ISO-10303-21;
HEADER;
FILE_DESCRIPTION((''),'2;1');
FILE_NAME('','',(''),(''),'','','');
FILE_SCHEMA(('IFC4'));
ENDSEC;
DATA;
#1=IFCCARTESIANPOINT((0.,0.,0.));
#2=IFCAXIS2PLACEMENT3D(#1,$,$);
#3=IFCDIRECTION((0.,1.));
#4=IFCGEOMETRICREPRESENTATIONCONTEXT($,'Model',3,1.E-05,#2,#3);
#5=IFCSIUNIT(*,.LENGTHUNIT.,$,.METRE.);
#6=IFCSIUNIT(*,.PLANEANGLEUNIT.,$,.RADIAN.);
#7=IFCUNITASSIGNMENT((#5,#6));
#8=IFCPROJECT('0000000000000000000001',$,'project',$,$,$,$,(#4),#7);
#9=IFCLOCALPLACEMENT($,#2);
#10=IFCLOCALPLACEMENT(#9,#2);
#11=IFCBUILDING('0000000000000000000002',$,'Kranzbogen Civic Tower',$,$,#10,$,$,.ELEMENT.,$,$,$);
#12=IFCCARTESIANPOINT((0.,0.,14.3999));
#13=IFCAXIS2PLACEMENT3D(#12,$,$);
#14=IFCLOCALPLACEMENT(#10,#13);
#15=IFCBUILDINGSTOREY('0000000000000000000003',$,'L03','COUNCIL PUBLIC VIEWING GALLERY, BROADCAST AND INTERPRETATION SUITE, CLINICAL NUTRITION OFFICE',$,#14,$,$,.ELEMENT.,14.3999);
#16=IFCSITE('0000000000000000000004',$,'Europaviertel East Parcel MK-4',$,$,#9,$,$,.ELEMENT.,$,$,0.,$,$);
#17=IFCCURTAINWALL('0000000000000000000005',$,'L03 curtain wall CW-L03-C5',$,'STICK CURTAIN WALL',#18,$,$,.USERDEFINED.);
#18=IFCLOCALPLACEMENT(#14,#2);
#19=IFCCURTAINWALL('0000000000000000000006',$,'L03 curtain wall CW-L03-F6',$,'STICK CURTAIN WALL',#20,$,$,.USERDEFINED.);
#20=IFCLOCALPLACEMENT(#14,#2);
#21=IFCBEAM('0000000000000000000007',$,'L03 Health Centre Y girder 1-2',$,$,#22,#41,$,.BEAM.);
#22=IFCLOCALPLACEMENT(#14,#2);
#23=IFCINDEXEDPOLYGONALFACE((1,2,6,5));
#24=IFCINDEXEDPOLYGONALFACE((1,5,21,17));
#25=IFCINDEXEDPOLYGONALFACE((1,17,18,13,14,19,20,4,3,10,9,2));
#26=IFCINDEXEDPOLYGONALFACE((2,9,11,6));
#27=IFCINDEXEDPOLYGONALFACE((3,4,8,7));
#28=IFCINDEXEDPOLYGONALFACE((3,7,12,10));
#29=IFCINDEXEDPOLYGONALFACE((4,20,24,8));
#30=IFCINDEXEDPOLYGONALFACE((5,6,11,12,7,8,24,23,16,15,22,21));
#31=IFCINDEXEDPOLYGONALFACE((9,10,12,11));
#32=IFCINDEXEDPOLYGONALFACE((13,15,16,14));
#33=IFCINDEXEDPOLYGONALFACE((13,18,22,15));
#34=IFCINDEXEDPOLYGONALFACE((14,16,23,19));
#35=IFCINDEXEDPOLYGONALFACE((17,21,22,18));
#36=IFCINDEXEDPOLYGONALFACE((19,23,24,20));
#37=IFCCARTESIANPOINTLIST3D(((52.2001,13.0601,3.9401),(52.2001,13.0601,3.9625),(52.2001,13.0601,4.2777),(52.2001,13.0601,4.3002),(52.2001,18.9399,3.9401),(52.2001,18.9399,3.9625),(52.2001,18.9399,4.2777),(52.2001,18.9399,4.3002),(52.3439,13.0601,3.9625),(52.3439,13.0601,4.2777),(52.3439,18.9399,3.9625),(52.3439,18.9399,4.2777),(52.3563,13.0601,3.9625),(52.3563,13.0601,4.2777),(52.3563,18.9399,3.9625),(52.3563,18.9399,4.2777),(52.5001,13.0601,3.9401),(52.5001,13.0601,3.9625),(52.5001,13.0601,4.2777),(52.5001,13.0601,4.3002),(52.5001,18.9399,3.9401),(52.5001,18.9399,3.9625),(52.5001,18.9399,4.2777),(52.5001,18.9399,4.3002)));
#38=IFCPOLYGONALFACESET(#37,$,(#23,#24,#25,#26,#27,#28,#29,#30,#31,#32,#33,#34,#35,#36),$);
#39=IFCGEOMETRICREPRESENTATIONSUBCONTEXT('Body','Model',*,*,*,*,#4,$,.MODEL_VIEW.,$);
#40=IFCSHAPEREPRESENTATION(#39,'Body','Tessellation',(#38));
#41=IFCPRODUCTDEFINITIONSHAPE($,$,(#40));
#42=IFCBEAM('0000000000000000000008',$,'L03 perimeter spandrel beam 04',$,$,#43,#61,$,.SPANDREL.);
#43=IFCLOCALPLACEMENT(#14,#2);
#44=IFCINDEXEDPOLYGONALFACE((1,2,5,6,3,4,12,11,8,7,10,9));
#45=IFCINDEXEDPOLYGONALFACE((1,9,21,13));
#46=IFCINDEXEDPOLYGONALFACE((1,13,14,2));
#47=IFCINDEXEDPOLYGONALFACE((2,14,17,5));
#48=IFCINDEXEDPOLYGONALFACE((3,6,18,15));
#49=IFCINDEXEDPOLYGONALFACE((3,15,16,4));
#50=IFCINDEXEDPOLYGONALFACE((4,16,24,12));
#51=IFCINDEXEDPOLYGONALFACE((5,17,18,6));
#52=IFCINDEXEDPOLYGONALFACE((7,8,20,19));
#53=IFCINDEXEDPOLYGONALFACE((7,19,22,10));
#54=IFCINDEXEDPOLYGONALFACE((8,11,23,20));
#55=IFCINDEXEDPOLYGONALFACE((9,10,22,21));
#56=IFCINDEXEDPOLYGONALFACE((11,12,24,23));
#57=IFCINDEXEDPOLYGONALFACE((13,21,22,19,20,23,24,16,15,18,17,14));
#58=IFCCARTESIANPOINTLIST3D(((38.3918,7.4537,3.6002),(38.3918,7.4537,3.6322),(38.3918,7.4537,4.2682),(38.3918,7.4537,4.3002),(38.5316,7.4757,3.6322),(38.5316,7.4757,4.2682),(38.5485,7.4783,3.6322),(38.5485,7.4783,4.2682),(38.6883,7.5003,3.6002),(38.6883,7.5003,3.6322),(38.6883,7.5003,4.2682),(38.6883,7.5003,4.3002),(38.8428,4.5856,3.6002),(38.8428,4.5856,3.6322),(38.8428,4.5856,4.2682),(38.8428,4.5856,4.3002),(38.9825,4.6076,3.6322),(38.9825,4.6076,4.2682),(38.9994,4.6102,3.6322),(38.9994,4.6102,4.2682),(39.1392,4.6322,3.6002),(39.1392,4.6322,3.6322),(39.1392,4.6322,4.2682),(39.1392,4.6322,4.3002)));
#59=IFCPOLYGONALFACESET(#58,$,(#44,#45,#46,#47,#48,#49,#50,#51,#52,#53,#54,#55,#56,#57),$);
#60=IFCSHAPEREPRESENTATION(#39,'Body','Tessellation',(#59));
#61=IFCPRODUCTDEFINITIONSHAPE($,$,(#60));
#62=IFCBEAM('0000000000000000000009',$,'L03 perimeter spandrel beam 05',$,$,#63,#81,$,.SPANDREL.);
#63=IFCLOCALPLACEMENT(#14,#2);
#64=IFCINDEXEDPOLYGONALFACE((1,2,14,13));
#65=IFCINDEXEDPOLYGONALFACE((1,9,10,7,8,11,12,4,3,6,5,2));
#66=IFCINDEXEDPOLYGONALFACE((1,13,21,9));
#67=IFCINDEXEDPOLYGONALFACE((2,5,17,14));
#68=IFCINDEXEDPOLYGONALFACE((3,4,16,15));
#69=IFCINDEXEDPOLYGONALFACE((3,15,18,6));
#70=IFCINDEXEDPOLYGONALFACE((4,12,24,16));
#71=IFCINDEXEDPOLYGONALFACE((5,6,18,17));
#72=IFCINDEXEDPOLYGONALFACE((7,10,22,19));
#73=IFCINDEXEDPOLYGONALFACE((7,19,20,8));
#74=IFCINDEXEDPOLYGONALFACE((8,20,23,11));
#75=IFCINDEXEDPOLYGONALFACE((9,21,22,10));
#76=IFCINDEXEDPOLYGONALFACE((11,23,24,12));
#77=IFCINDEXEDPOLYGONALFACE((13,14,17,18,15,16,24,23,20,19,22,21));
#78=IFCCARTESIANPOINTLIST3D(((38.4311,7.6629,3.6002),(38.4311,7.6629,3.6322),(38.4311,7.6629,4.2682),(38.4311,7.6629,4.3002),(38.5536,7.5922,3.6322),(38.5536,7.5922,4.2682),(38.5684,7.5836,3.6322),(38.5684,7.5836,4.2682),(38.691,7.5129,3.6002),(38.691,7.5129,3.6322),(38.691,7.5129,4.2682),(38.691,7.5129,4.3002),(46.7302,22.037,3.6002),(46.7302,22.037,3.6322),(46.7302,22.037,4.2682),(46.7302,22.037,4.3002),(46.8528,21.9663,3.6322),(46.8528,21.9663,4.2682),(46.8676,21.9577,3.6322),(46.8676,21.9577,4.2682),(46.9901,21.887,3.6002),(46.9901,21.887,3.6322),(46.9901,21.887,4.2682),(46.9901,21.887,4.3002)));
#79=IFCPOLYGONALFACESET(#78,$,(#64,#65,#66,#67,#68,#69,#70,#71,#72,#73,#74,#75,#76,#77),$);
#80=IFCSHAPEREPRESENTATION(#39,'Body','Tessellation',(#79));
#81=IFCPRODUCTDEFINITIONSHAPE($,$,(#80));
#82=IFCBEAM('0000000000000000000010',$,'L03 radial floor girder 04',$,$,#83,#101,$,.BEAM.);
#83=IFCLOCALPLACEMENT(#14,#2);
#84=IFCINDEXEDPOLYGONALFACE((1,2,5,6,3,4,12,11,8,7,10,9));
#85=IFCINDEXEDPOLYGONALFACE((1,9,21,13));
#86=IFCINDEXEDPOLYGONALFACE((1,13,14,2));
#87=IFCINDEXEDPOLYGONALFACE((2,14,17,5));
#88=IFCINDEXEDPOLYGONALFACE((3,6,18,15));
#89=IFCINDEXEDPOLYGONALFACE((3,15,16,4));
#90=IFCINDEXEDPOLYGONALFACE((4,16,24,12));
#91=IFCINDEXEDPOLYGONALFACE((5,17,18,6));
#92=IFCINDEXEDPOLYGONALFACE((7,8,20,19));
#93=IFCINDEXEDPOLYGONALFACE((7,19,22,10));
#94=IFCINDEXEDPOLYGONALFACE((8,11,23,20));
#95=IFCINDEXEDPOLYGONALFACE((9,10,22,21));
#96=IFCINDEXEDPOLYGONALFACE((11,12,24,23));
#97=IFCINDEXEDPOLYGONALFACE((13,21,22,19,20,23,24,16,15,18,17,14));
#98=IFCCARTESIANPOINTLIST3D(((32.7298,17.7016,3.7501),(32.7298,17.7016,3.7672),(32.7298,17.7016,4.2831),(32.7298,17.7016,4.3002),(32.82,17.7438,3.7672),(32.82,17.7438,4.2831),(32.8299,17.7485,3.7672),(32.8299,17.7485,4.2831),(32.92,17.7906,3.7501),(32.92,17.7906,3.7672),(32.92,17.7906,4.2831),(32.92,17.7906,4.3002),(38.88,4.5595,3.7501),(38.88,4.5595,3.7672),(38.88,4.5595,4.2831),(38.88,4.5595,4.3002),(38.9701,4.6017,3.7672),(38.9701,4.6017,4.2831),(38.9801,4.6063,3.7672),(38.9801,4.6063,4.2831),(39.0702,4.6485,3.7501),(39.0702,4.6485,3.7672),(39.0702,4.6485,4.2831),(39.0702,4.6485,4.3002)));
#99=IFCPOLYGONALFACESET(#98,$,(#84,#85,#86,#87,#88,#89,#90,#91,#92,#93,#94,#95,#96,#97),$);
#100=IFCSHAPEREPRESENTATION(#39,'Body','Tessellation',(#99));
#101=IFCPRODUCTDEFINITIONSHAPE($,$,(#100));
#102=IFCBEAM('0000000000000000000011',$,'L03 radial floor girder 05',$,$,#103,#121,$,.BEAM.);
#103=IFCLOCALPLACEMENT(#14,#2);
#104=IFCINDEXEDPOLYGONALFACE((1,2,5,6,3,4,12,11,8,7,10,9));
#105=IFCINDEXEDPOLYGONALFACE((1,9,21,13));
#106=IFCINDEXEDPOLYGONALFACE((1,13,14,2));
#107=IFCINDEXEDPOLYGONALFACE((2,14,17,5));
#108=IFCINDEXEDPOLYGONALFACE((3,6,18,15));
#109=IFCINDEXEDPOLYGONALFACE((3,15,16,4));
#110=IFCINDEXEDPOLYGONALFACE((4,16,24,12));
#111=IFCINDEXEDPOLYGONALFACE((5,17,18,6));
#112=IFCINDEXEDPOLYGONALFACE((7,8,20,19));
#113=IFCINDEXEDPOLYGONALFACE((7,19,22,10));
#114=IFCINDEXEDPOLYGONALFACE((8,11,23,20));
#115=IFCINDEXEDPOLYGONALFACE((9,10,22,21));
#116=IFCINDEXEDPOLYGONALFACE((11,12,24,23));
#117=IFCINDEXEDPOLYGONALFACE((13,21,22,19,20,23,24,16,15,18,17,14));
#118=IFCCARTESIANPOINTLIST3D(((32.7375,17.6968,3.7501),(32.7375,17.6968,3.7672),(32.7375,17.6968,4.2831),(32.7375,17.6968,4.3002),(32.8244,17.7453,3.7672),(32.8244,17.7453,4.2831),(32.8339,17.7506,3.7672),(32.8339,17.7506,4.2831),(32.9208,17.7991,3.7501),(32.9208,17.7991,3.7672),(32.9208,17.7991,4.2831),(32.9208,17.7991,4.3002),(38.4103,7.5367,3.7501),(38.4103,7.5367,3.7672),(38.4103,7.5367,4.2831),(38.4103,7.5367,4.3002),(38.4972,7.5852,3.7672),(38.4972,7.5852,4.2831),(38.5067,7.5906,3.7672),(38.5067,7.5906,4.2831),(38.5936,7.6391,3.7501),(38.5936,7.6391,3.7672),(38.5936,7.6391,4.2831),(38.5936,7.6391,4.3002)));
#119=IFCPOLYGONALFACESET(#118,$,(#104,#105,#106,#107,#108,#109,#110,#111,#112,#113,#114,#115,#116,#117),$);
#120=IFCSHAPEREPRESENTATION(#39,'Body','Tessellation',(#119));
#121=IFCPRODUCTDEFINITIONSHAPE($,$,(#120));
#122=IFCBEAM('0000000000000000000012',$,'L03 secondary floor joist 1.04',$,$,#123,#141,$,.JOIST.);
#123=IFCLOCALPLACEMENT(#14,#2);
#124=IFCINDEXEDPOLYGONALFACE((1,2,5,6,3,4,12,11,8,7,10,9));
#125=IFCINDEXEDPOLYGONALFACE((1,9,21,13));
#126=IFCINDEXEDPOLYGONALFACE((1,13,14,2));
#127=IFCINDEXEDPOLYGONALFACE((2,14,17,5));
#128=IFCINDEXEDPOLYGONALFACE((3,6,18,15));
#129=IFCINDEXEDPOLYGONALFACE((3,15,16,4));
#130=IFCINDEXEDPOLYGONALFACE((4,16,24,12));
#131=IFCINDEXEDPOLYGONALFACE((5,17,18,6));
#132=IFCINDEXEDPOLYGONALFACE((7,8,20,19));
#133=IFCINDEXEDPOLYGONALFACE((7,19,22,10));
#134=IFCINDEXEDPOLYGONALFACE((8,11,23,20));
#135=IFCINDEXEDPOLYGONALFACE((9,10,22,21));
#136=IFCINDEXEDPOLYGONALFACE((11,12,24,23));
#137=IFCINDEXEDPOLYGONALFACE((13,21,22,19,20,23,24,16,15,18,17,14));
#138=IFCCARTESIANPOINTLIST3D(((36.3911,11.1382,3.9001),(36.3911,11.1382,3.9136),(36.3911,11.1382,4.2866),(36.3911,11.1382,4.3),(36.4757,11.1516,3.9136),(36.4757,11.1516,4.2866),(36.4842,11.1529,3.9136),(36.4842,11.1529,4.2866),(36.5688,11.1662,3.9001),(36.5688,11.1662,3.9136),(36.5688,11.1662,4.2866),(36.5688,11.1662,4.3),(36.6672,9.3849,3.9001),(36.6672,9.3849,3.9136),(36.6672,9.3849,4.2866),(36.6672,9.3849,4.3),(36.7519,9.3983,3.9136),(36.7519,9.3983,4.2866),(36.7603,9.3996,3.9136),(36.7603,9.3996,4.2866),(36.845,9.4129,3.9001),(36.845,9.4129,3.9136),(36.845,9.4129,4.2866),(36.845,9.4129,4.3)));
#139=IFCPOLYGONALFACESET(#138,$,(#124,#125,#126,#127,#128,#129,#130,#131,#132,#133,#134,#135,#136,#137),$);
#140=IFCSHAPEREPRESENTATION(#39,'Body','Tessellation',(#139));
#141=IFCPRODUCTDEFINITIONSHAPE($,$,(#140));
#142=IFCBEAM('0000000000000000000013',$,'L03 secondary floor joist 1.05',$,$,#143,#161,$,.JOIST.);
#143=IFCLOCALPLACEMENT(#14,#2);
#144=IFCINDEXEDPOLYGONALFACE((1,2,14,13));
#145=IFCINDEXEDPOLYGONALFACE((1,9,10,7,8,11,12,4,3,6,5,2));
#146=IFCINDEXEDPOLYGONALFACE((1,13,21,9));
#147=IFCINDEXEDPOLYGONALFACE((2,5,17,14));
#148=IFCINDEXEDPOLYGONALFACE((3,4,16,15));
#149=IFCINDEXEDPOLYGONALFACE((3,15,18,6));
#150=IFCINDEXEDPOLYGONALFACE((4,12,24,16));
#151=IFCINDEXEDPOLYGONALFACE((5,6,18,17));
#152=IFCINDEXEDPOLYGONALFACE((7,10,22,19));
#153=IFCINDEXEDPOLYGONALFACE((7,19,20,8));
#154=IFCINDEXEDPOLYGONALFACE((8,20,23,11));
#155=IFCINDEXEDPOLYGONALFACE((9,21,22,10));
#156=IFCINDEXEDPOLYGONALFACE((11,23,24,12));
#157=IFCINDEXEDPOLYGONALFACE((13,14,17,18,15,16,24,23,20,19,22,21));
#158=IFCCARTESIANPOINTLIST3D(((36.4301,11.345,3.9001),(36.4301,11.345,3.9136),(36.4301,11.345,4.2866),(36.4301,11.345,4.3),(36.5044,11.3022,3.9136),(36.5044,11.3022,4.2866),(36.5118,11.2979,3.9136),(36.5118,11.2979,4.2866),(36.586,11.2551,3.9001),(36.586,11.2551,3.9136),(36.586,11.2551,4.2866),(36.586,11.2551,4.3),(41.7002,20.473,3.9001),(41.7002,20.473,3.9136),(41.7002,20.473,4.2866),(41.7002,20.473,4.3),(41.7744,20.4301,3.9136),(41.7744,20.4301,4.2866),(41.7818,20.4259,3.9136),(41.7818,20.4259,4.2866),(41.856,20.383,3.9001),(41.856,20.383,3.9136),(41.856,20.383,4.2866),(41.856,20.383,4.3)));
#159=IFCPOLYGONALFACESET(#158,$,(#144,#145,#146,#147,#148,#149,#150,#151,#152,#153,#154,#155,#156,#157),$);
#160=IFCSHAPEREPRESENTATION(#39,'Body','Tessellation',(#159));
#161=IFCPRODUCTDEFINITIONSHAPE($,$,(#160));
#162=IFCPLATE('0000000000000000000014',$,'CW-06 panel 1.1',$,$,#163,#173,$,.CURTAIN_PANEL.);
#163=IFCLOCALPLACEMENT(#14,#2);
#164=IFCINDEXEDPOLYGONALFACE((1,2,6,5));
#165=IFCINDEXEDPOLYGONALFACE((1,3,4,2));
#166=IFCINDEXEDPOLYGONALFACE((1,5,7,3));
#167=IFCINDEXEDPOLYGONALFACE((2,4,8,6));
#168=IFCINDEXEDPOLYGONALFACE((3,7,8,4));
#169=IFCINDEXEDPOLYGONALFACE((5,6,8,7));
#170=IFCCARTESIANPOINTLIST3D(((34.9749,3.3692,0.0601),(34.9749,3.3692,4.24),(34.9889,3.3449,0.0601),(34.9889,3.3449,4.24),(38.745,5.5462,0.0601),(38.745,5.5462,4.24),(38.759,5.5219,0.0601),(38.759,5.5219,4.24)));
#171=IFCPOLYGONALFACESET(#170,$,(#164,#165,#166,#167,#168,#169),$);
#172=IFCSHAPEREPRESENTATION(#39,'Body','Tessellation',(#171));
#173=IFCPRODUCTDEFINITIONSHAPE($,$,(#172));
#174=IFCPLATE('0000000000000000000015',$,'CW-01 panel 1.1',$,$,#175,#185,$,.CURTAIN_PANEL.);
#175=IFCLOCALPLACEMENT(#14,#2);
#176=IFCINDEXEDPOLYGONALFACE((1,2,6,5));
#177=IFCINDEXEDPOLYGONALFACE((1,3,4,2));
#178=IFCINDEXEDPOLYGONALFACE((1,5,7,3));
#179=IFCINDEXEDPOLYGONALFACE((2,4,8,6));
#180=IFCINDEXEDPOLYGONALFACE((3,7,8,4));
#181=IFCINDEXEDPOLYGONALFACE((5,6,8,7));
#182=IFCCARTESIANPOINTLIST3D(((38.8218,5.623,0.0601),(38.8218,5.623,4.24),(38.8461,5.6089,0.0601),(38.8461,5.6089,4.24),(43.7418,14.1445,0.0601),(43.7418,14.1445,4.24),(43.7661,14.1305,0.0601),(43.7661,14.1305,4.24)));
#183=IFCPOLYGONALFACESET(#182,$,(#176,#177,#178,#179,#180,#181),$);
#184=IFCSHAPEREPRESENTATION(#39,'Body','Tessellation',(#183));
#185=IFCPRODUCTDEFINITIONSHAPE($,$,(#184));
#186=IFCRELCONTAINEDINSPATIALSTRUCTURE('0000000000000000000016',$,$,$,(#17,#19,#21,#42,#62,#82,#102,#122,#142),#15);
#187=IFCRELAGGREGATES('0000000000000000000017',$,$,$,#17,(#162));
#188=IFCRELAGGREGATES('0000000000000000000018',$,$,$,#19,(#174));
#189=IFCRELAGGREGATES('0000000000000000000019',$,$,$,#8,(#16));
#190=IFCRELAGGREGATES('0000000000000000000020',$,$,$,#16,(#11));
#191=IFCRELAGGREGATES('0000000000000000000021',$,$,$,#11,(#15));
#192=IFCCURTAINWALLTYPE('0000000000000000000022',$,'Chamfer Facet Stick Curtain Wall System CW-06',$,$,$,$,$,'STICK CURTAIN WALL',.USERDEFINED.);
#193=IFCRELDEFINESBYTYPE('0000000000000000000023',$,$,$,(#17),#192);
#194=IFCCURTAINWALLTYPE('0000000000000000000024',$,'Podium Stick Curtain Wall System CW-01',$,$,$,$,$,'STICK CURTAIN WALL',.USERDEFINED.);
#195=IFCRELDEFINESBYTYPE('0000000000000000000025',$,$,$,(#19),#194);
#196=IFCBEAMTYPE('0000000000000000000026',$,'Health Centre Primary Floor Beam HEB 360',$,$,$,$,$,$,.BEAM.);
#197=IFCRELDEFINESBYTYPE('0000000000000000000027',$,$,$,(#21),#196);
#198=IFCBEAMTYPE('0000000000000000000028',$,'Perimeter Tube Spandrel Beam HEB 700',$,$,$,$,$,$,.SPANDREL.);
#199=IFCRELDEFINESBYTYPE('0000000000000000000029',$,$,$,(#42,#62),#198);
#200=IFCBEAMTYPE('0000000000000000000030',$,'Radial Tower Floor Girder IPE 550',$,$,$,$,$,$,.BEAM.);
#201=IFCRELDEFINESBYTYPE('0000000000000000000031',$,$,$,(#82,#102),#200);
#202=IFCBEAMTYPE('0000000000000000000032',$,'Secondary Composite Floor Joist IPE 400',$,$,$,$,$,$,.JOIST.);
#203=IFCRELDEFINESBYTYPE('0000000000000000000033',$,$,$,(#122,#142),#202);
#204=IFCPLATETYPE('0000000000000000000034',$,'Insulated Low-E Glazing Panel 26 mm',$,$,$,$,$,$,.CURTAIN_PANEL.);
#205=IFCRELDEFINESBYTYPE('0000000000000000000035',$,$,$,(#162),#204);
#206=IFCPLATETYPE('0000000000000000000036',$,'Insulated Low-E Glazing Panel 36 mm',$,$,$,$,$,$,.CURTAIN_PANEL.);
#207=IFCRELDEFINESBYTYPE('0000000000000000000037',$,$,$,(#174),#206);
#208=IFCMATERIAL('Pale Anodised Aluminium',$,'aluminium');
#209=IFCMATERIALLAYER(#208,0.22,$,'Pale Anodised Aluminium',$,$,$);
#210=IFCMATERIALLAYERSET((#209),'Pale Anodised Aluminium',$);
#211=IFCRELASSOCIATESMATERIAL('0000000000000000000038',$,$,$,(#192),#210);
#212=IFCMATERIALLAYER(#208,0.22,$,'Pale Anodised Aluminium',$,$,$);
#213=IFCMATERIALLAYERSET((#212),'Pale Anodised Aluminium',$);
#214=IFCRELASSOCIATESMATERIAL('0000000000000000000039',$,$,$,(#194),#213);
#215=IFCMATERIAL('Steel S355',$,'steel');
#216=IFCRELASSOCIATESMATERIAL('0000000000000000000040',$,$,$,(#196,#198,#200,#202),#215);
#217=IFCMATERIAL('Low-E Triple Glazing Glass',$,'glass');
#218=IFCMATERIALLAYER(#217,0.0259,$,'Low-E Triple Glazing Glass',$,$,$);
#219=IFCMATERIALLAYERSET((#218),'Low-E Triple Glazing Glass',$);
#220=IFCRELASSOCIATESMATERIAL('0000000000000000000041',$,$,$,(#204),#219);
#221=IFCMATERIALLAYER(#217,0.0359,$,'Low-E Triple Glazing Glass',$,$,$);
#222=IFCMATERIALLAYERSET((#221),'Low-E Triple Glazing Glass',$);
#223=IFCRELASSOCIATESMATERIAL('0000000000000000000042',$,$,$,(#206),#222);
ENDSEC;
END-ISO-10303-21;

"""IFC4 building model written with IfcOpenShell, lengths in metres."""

from ifc_helpers import new_model, si_unit, direction, frame, origin, origin_2d, place, context, subcontext, project, spatial, rectangle, i_section, extrude, material, layer, layer_set, material_profile, profile_set, type_object, element, aggregate, save


model = new_model("IFC4")

# Units and contexts
model_context = context("Model", 3, precision=1e-05, world=origin(), true_north=direction((0.0, 1.0)))
body_context = subcontext(model_context, "Body", "Model", "MODEL_VIEW")
ifc_project = project(units=[si_unit("LENGTHUNIT", "METRE"), si_unit("PLANEANGLEUNIT", "RADIAN")], contexts=[model_context])

# Site, building, storey
site_placement = place(None, origin())
site = spatial("IfcSite", under=ifc_project, at=site_placement, Name="Europaviertel East Parcel MK-4", CompositionType="ELEMENT", RefElevation=0.0)
building_placement = place(site_placement, origin())
building = spatial("IfcBuilding", under=site, at=building_placement, Name="Kranzbogen Civic Tower", CompositionType="ELEMENT")
storey_placement = place(building_placement, frame((0.0, 0.0, 14.3999)))
storey = spatial("IfcBuildingStorey", under=building, at=storey_placement, Name="L03", Description="COUNCIL PUBLIC VIEWING GALLERY, BROADCAST AND INTERPRETATION SUITE, CLINICAL NUTRITION OFFICE", CompositionType="ELEMENT", Elevation=14.3999)

# Curtain wall
ifc_material_1 = material(Name="Pale Anodised Aluminium", Category="aluminium")
ifc_layer_1 = layer(ifc_material_1, 0.22, Name="Pale Anodised Aluminium")
ifc_layer_set_1 = layer_set([ifc_layer_1], Name="Pale Anodised Aluminium")
curtain_wall_type_1 = type_object("IfcCurtainWallType", Name="Chamfer Facet Stick Curtain Wall System CW-06", ElementType="STICK CURTAIN WALL", PredefinedType="USERDEFINED", material=ifc_layer_set_1)
curtain_wall_1_placement = place(storey_placement, origin())
curtain_wall_1 = element("IfcCurtainWall", 1, at=curtain_wall_1_placement, inside=storey, type_object=curtain_wall_type_1, Name="L03 curtain wall CW-L03-C5", ObjectType="STICK CURTAIN WALL", PredefinedType="USERDEFINED")

# Curtain wall
ifc_layer_2 = layer(ifc_material_1, 0.22, Name="Pale Anodised Aluminium")
ifc_layer_set_2 = layer_set([ifc_layer_2], Name="Pale Anodised Aluminium")
curtain_wall_type_2 = type_object("IfcCurtainWallType", Name="Podium Stick Curtain Wall System CW-01", ElementType="STICK CURTAIN WALL", PredefinedType="USERDEFINED", material=ifc_layer_set_2)
curtain_wall_2_placement = place(storey_placement, origin())
curtain_wall_2 = element("IfcCurtainWall", 2, at=curtain_wall_2_placement, inside=storey, type_object=curtain_wall_type_2, Name="L03 curtain wall CW-L03-F6", ObjectType="STICK CURTAIN WALL", PredefinedType="USERDEFINED")

# Beams
ifc_material_2 = material(Name="Steel S355", Category="steel")
ifc_material_profile_1 = material_profile(ifc_material_2, i_section(OverallWidth=0.3, OverallDepth=0.3601, WebThickness=0.0125, FlangeThickness=0.0225, at=origin_2d()), Name="HEB 360")
ifc_profile_set_1 = profile_set([ifc_material_profile_1], Name="Steel S355")
beam_type_1 = type_object("IfcBeamType", Name="Health Centre Primary Floor Beam HEB 360", PredefinedType="BEAM", material=ifc_profile_set_1)
beam_1_placement = place(storey_placement, frame((52.3501, 13.0601, 4.1201), z_axis=(0.0, 1.0, 0.0), x_axis=(-1.0, 0.0, 0.0)))
element("IfcBeam", 3, at=beam_1_placement, inside=storey, type_object=beam_type_1, Name="L03 Health Centre Y girder 1-2", PredefinedType="BEAM", context=body_context, shape_type="SweptSolid", body=[
    extrude(i_section(OverallWidth=0.3, OverallDepth=0.3601, WebThickness=0.0125, FlangeThickness=0.0225, at=origin_2d()), origin(), (0.0, 0.0, 1.0), 5.8799),
])
ifc_material_profile_2 = material_profile(ifc_material_2, i_section(OverallWidth=0.3, OverallDepth=0.7, WebThickness=0.0171, FlangeThickness=0.032, at=origin_2d()), Name="HEB 700")
ifc_profile_set_2 = profile_set([ifc_material_profile_2], Name="Steel S355")
beam_type_2 = type_object("IfcBeamType", Name="Perimeter Tube Spandrel Beam HEB 700", PredefinedType="SPANDREL", material=ifc_profile_set_2)
beam_2_placement = place(storey_placement, frame((38.991, 4.6089, 3.9502), z_axis=(-0.155311, 0.987866, 0.0), x_axis=(-0.987866, -0.155311, 0.0)))
element("IfcBeam", 4, at=beam_2_placement, inside=storey, type_object=beam_type_2, Name="L03 perimeter spandrel beam 04", PredefinedType="SPANDREL", context=body_context, shape_type="SweptSolid", body=[
    extrude(i_section(OverallWidth=0.3, OverallDepth=0.7, WebThickness=0.0171, FlangeThickness=0.032, at=origin_2d()), origin(), (0.0, 0.0, 1.0), 2.9033),
])
beam_3_placement = place(storey_placement, frame((38.561, 7.5879, 3.9502), z_axis=(0.50001, 0.86602, 0.0), x_axis=(-0.86602, 0.50001, 0.0)))
element("IfcBeam", 5, at=beam_3_placement, inside=storey, type_object=beam_type_2, Name="L03 perimeter spandrel beam 05", PredefinedType="SPANDREL", context=body_context, shape_type="SweptSolid", body=[
    extrude(i_section(OverallWidth=0.3, OverallDepth=0.7, WebThickness=0.0171, FlangeThickness=0.032, at=origin_2d()), origin(), (0.0, 0.0, 1.0), 16.5979),
])
ifc_material_profile_3 = material_profile(ifc_material_2, i_section(OverallWidth=0.21, OverallDepth=0.55, WebThickness=0.011, FlangeThickness=0.0171, at=origin_2d()), Name="IPE 550")
ifc_profile_set_3 = profile_set([ifc_material_profile_3], Name="Steel S355")
beam_type_3 = type_object("IfcBeamType", Name="Radial Tower Floor Girder IPE 550", PredefinedType="BEAM", material=ifc_profile_set_3)
beam_4_placement = place(storey_placement, frame((38.9751, 4.604, 4.0251), z_axis=(-0.423857, 0.905729, 0.0), x_axis=(-0.905729, -0.423857, 0.0)))
element("IfcBeam", 6, at=beam_4_placement, inside=storey, type_object=beam_type_3, Name="L03 radial floor girder 04", PredefinedType="BEAM", context=body_context, shape_type="SweptSolid", body=[
    extrude(i_section(OverallWidth=0.21, OverallDepth=0.55, WebThickness=0.011, FlangeThickness=0.0171, at=origin_2d()), origin(), (0.0, 0.0, 1.0), 14.51),
])
beam_5_placement = place(storey_placement, frame((38.502, 7.5879, 4.0251), z_axis=(-0.487502, 0.873122, 0.0), x_axis=(-0.873122, -0.487502, 0.0)))
element("IfcBeam", 7, at=beam_5_placement, inside=storey, type_object=beam_type_3, Name="L03 radial floor girder 05", PredefinedType="BEAM", context=body_context, shape_type="SweptSolid", body=[
    extrude(i_section(OverallWidth=0.21, OverallDepth=0.55, WebThickness=0.011, FlangeThickness=0.0171, at=origin_2d()), origin(), (0.0, 0.0, 1.0), 11.6365),
])
ifc_material_profile_4 = material_profile(ifc_material_2, i_section(OverallWidth=0.1799, OverallDepth=0.3999, WebThickness=0.0085, FlangeThickness=0.0134, at=origin_2d()), Name="IPE 400")
ifc_profile_set_4 = profile_set([ifc_material_profile_4], Name="Steel S355")
beam_type_4 = type_object("IfcBeamType", Name="Secondary Composite Floor Joist IPE 400", PredefinedType="JOIST", material=ifc_profile_set_4)
beam_6_placement = place(storey_placement, frame((36.7561, 9.3989, 4.1001), z_axis=(-0.155581, 0.987823, 0.0), x_axis=(-0.987823, -0.155581, 0.0)))
element("IfcBeam", 8, at=beam_6_placement, inside=storey, type_object=beam_type_4, Name="L03 secondary floor joist 1.04", PredefinedType="JOIST", context=body_context, shape_type="SweptSolid", body=[
    extrude(i_section(OverallWidth=0.1799, OverallDepth=0.3999, WebThickness=0.0085, FlangeThickness=0.0134, at=origin_2d()), origin(), (0.0, 0.0, 1.0), 1.7749),
])
beam_7_placement = place(storey_placement, frame((36.5081, 11.3, 4.1001), z_axis=(0.5, 0.866025, 0.0), x_axis=(-0.866025, 0.5, 0.0)))
element("IfcBeam", 9, at=beam_7_placement, inside=storey, type_object=beam_type_4, Name="L03 secondary floor joist 1.05", PredefinedType="JOIST", context=body_context, shape_type="SweptSolid", body=[
    extrude(i_section(OverallWidth=0.1799, OverallDepth=0.3999, WebThickness=0.0085, FlangeThickness=0.0134, at=origin_2d()), origin(), (0.0, 0.0, 1.0), 10.54),
])

# Plates
ifc_material_3 = material(Name="Low-E Triple Glazing Glass", Category="glass")
ifc_layer_3 = layer(ifc_material_3, 0.0259, Name="Low-E Triple Glazing Glass")
ifc_layer_set_3 = layer_set([ifc_layer_3], Name="Low-E Triple Glazing Glass")
plate_type_1 = type_object("IfcPlateType", Name="Insulated Low-E Glazing Panel 26 mm", PredefinedType="CURTAIN_PANEL", material=ifc_layer_set_3)
plate_1_placement = place(storey_placement, frame((36.8669, 4.4456, 0.0601), z_axis=(0.0, 0.0, 1.0), x_axis=(0.865992, 0.500058, 0.0)))
plate_1 = element("IfcPlate", 10, at=plate_1_placement, type_object=plate_type_1, Name="CW-06 panel 1.1", PredefinedType="CURTAIN_PANEL", context=body_context, shape_type="SweptSolid", body=[
    extrude(rectangle(XDim=4.3535, YDim=0.0281, at=origin_2d()), origin(), (0.0, 0.0, 1.0), 4.1799),
])
aggregate(curtain_wall_1, [plate_1])
ifc_layer_4 = layer(ifc_material_3, 0.0359, Name="Low-E Triple Glazing Glass")
ifc_layer_set_4 = layer_set([ifc_layer_4], Name="Low-E Triple Glazing Glass")
plate_type_2 = type_object("IfcPlateType", Name="Insulated Low-E Glazing Panel 36 mm", PredefinedType="CURTAIN_PANEL", material=ifc_layer_set_4)
plate_2_placement = place(storey_placement, frame((41.2939, 9.8767, 0.0601), z_axis=(0.0, 0.0, 1.0), x_axis=(0.500006, 0.866022, 0.0)))
plate_2 = element("IfcPlate", 11, at=plate_2_placement, type_object=plate_type_2, Name="CW-01 panel 1.1", PredefinedType="CURTAIN_PANEL", context=body_context, shape_type="SweptSolid", body=[
    extrude(rectangle(XDim=9.8398, YDim=0.0281, at=origin_2d()), origin(), (0.0, 0.0, 1.0), 4.1799),
])
aggregate(curtain_wall_2, [plate_2])

save(model, "model.ifc")
